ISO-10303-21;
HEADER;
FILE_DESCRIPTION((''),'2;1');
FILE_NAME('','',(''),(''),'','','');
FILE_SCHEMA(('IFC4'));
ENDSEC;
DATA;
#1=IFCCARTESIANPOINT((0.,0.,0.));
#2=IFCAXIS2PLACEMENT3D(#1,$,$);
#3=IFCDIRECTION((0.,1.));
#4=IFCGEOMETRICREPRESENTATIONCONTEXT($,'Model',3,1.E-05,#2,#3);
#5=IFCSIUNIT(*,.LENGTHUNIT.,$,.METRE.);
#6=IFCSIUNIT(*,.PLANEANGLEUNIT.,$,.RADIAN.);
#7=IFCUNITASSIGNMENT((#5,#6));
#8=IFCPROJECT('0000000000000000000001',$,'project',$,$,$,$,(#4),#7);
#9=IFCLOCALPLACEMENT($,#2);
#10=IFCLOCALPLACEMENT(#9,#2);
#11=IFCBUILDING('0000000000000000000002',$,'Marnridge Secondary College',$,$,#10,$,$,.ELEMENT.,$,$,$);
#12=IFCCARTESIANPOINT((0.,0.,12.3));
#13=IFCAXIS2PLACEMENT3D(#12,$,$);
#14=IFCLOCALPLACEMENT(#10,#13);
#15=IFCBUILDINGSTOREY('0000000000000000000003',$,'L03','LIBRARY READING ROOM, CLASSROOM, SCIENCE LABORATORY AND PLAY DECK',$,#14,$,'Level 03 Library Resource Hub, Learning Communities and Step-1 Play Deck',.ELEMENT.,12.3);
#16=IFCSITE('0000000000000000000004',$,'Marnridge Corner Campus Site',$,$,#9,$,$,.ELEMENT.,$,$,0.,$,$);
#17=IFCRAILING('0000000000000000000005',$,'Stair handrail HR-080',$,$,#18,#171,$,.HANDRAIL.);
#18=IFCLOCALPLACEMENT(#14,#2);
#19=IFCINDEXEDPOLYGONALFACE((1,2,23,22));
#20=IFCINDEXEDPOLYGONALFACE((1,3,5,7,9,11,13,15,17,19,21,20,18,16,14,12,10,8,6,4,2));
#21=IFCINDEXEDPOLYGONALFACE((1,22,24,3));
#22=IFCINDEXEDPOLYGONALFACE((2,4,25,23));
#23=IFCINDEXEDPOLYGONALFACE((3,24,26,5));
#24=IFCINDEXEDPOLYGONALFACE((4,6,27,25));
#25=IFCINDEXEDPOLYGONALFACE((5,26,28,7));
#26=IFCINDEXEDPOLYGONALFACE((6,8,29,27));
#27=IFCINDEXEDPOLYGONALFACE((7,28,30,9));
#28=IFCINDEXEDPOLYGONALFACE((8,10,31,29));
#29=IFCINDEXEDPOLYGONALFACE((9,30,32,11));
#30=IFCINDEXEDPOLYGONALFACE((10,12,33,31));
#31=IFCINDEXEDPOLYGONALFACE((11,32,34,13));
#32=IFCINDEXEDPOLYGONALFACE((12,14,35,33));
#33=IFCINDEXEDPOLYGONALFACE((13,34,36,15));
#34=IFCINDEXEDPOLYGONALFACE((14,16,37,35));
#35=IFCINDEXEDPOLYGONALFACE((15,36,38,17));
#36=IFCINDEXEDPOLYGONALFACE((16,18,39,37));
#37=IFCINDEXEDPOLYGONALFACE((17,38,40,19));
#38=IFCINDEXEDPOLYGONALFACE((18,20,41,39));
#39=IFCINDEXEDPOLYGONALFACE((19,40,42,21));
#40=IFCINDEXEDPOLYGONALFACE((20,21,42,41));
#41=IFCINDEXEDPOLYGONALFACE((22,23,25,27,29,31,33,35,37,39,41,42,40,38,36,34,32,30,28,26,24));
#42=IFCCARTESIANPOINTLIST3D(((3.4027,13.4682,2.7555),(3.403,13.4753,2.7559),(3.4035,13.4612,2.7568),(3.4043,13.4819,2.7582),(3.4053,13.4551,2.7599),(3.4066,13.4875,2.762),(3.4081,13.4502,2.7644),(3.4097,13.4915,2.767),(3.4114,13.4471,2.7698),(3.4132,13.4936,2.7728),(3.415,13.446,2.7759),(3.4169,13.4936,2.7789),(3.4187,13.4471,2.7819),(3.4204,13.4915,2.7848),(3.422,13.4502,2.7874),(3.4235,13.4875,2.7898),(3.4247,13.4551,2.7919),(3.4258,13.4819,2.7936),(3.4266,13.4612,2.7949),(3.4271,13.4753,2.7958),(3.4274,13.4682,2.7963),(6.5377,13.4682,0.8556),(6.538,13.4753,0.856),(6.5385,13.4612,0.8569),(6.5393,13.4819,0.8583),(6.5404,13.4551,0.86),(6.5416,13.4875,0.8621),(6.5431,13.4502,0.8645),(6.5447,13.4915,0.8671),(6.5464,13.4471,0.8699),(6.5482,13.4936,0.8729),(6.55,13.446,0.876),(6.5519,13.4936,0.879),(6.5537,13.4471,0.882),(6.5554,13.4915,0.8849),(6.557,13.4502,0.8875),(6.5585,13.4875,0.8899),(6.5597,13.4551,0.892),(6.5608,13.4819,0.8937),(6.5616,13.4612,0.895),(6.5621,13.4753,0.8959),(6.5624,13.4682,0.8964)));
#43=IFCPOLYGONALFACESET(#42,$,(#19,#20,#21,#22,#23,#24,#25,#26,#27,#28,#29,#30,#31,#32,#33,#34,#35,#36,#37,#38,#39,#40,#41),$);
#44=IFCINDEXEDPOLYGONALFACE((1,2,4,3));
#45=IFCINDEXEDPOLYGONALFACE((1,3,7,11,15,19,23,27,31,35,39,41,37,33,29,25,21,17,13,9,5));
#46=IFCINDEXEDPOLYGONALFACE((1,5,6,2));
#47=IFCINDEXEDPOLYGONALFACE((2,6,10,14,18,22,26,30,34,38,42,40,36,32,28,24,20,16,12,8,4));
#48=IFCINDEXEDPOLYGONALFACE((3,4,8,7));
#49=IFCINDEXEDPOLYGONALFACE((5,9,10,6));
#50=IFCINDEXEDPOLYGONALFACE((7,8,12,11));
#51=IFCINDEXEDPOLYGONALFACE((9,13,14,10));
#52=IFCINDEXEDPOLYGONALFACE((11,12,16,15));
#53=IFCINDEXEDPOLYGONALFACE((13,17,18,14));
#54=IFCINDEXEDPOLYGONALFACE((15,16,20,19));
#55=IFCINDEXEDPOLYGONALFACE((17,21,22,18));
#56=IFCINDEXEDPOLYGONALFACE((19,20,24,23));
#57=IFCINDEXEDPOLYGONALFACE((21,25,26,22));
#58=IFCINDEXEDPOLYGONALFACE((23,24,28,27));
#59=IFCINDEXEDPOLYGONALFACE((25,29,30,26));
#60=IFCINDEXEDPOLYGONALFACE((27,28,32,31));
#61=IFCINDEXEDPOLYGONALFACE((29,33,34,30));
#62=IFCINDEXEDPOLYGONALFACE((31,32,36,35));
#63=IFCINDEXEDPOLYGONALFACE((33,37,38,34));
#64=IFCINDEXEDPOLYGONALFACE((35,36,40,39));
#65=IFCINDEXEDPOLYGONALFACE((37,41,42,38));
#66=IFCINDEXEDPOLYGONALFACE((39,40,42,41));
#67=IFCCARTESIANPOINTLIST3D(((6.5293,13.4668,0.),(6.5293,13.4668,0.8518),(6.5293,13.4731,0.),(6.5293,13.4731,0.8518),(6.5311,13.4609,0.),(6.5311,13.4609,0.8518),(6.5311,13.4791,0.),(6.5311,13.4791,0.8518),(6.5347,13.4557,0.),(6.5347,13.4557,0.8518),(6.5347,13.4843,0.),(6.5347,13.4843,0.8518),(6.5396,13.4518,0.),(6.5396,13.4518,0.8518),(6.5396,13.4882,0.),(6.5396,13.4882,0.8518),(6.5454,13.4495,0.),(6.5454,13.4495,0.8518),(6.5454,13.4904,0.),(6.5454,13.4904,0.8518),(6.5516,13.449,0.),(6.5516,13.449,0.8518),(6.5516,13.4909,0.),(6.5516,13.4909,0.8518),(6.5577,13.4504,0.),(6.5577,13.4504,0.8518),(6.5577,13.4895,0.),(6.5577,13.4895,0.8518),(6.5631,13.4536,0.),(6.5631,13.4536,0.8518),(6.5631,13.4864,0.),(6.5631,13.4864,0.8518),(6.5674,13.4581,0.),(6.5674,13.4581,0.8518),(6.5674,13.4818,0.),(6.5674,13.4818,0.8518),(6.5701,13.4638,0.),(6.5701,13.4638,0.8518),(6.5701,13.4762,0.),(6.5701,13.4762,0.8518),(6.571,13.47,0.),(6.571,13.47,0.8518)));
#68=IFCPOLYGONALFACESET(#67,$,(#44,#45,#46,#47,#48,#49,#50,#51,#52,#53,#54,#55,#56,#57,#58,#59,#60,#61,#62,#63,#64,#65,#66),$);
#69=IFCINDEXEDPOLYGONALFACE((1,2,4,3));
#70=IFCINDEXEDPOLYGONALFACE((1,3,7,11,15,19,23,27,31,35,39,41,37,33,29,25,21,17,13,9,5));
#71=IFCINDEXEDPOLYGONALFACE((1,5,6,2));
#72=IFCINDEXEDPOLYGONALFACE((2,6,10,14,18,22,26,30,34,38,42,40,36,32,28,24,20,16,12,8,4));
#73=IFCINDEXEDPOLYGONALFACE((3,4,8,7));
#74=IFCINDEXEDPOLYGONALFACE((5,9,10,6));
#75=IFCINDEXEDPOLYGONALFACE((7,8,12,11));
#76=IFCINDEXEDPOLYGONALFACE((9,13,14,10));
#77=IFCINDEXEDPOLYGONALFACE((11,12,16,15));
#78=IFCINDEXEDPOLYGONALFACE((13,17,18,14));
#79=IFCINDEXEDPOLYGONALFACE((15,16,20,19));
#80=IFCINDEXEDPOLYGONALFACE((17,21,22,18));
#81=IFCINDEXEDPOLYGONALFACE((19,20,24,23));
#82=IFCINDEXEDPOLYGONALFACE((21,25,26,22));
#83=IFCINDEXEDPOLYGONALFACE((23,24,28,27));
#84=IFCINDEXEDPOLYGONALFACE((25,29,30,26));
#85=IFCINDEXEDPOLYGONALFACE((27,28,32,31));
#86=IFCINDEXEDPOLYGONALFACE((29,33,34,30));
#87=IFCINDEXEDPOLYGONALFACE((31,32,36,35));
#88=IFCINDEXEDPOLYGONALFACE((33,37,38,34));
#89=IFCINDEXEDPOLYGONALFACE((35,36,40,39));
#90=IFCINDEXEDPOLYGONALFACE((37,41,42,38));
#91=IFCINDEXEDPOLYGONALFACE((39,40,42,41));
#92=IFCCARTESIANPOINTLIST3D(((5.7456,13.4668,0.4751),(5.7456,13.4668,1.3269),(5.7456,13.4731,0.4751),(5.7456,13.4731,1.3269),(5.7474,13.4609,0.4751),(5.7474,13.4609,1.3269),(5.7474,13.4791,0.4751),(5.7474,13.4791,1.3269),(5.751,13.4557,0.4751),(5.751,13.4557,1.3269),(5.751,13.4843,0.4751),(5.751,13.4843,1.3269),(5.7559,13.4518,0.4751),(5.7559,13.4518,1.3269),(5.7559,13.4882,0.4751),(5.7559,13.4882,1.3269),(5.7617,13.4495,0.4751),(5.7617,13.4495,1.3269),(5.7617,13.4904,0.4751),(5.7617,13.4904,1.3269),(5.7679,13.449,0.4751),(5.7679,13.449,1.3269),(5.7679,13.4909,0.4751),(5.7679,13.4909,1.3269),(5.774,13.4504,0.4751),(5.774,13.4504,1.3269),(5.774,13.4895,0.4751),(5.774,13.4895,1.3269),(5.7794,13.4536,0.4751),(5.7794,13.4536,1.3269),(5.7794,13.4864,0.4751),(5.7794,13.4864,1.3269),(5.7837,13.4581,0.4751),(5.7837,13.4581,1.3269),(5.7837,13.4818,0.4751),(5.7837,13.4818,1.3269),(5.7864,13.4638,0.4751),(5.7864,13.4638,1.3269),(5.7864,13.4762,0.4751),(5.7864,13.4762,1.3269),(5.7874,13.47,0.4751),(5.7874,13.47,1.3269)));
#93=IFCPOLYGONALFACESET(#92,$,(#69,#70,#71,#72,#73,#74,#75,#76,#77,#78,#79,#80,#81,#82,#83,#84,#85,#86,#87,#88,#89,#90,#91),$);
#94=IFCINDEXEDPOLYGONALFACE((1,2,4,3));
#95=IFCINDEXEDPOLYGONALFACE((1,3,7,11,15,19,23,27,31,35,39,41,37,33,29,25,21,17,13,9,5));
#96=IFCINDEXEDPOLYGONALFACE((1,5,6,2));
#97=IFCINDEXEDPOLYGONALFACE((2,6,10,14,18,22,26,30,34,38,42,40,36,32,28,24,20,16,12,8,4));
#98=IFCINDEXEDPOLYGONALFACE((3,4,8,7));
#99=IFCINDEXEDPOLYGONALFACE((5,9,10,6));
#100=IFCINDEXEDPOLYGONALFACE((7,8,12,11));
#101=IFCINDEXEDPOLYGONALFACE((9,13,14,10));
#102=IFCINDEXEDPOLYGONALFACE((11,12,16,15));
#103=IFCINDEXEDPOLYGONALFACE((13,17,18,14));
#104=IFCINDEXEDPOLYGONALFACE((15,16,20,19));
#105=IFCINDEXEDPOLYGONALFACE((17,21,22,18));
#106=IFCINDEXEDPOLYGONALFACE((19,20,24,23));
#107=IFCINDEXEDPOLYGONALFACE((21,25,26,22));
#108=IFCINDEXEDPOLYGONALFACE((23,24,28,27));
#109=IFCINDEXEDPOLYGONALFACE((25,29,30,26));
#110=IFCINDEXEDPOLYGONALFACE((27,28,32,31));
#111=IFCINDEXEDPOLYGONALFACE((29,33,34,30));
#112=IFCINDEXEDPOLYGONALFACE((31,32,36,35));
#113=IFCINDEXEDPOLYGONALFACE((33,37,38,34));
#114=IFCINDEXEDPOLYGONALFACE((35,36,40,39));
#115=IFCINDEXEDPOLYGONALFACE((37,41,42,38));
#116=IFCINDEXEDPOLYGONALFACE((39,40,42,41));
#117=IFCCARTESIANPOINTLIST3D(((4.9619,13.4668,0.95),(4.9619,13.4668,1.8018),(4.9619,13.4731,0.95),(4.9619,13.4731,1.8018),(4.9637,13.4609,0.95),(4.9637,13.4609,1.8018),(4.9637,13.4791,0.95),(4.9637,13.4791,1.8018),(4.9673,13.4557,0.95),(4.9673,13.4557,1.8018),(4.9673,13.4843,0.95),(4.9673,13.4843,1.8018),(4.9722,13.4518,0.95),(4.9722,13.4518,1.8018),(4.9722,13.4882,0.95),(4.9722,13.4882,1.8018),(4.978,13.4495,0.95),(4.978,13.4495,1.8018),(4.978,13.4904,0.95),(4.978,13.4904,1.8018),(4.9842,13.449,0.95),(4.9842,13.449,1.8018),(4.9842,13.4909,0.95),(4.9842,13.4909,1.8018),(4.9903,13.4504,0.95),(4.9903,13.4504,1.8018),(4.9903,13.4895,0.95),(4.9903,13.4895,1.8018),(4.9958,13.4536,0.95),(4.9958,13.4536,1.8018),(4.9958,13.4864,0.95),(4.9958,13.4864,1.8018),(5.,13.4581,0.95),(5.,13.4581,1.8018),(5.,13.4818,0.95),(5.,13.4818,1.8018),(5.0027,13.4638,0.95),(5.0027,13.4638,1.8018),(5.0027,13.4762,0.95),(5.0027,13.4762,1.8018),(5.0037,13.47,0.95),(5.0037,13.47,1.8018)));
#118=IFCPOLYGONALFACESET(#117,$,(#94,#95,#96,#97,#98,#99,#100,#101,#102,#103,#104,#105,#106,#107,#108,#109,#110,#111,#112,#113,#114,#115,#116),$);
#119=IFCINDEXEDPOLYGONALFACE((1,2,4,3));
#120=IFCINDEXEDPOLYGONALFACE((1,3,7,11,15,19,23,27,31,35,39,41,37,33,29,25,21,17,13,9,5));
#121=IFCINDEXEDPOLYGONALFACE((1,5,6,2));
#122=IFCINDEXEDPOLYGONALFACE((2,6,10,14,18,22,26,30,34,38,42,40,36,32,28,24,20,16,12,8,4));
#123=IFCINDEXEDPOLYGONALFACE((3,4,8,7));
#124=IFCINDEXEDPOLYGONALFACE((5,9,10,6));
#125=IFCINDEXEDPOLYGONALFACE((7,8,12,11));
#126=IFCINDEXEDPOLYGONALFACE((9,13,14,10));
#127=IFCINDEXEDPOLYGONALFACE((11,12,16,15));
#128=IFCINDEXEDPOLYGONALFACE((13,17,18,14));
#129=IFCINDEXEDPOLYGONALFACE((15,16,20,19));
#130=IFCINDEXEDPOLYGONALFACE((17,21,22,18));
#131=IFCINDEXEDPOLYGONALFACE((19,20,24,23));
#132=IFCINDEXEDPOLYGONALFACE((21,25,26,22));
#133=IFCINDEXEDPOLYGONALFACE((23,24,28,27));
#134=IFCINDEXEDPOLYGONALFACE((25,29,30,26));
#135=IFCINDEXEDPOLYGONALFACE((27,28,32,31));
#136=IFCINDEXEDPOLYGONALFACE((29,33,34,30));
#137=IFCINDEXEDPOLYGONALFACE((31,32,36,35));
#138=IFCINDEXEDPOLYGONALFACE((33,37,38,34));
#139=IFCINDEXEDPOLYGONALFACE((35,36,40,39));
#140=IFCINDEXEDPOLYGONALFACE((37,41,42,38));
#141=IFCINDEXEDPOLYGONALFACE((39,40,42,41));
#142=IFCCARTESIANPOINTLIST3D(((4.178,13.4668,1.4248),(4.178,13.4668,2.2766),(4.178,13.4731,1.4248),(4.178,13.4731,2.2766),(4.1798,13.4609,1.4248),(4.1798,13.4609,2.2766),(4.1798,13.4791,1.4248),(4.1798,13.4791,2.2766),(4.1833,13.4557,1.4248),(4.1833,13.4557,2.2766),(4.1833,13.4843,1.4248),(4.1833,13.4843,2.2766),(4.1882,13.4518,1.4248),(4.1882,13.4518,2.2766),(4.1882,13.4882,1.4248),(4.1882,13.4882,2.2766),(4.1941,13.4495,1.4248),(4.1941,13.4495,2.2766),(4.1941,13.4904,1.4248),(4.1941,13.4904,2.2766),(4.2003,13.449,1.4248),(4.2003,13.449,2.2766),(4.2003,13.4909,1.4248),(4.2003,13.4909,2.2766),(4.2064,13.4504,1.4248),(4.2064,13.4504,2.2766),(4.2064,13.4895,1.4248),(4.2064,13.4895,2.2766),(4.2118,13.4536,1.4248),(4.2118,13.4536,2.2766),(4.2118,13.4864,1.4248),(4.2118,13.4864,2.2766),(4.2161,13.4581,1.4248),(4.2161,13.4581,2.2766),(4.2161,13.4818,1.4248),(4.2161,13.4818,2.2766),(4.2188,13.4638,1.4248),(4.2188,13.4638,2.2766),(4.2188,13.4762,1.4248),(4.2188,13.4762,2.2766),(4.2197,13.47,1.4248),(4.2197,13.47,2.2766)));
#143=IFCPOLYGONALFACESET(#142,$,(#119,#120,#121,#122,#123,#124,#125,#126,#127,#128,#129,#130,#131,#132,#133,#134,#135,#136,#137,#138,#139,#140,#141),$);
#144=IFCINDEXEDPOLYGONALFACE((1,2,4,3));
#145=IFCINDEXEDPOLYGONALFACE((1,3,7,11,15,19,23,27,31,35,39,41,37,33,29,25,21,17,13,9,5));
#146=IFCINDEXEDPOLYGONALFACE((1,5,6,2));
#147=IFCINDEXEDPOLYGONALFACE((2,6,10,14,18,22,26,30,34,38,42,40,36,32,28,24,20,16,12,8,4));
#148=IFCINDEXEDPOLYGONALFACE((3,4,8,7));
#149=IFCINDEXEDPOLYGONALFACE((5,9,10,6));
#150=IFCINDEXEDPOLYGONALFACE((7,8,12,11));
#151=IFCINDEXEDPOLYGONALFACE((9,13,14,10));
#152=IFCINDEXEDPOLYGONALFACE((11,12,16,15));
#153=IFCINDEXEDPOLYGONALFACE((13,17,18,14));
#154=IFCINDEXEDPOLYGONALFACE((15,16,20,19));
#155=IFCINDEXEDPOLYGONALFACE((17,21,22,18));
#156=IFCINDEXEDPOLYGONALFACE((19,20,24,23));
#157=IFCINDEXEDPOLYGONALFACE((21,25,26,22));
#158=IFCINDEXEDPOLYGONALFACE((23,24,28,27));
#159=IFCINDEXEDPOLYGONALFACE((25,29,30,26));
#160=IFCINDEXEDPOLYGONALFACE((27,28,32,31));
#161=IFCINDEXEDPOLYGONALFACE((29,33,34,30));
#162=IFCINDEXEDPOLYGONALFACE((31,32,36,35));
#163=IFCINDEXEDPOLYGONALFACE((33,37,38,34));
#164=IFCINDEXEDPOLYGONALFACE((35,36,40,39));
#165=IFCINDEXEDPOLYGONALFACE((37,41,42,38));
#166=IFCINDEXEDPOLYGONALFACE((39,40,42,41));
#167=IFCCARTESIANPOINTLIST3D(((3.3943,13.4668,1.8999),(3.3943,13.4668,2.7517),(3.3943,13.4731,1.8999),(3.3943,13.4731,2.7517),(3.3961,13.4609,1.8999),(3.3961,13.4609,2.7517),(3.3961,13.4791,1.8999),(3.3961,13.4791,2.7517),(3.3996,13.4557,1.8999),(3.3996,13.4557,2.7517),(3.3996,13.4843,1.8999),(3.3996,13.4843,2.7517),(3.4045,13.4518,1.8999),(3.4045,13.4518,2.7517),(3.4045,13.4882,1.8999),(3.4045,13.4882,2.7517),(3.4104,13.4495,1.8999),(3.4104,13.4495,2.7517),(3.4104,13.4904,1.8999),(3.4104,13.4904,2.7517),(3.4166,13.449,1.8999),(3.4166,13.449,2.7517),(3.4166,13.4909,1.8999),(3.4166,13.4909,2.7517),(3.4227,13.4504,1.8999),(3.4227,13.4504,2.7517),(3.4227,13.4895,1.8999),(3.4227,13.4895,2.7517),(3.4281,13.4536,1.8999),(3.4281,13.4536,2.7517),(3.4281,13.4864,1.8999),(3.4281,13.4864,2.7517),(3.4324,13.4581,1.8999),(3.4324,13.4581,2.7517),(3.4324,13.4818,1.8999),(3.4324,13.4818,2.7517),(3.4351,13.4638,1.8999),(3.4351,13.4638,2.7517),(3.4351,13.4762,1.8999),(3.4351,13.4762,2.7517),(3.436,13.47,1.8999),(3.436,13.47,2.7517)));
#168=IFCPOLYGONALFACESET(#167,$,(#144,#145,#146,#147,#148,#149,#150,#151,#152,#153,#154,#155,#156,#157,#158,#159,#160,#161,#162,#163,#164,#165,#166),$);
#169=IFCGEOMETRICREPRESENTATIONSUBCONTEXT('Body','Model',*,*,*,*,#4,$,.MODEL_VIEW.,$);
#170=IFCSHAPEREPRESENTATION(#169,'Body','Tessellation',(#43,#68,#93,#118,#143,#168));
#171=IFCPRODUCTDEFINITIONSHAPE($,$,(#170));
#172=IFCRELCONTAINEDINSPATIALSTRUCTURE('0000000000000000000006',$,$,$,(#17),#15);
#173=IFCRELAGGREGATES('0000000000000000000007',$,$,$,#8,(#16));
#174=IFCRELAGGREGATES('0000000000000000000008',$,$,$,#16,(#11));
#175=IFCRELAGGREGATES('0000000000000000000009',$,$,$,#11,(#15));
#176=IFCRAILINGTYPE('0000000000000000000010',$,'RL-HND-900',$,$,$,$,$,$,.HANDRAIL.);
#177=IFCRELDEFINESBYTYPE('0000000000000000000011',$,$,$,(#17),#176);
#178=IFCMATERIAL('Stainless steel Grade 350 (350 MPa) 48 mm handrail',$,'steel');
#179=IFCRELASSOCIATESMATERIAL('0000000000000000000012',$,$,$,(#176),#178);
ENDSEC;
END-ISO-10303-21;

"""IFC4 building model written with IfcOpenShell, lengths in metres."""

from ifc_helpers import new_model, si_unit, direction, frame, origin, origin_2d, place, context, subcontext, project, spatial, circle, extrude, material, type_object, element, save


model = new_model("IFC4")

# Units and contexts
model_context = context("Model", 3, precision=1e-05, world=origin(), true_north=direction((0.0, 1.0)))
body_context = subcontext(model_context, "Body", "Model", "MODEL_VIEW")
ifc_project = project(units=[si_unit("LENGTHUNIT", "METRE"), si_unit("PLANEANGLEUNIT", "RADIAN")], contexts=[model_context])

# Site, building, storey
site_placement = place(None, origin())
site = spatial("IfcSite", under=ifc_project, at=site_placement, Name="Marnridge Corner Campus Site", CompositionType="ELEMENT", RefElevation=0.0)
building_placement = place(site_placement, origin())
building = spatial("IfcBuilding", under=site, at=building_placement, Name="Marnridge Secondary College", CompositionType="ELEMENT")
storey_placement = place(building_placement, frame((0.0, 0.0, 12.3)))
storey = spatial("IfcBuildingStorey", under=building, at=storey_placement, Name="L03", Description="LIBRARY READING ROOM, CLASSROOM, SCIENCE LABORATORY AND PLAY DECK", LongName="Level 03 Library Resource Hub, Learning Communities and Step-1 Play Deck", CompositionType="ELEMENT", Elevation=12.3)

# Railing
ifc_material_1 = material(Name="Stainless steel Grade 350 (350 MPa) 48 mm handrail", Category="steel")
railing_type_1 = type_object("IfcRailingType", Name="RL-HND-900", PredefinedType="HANDRAIL", material=ifc_material_1)
for number, where, name in (
    (1, (6.55, 13.47, 0.0), "Stair handrail HR-080"),
):
    element("IfcRailing", number, at=place(storey_placement, frame(where)), inside=storey, type_object=railing_type_1, Name=name, PredefinedType="HANDRAIL", context=body_context, shape_type="SweptSolid", body=[
        extrude(circle(Radius=0.0239, at=origin_2d()), frame((0.0, 0.0, 0.876), z_axis=(-0.85521, 0.0, 0.518281), x_axis=(0.0, -1.0, 0.0)), (0.0, 0.0, 1.0), 3.6658),
        extrude(circle(Radius=0.021, at=origin_2d()), origin(), (0.0, 0.0, 1.0), 0.8518),
        extrude(circle(Radius=0.021, at=origin_2d()), frame((-0.7837, 0.0, 0.4751)), (0.0, 0.0, 1.0), 0.8518),
        extrude(circle(Radius=0.021, at=origin_2d()), frame((-1.5674, 0.0, 0.95)), (0.0, 0.0, 1.0), 0.8518),
        extrude(circle(Radius=0.021, at=origin_2d()), frame((-2.3513, 0.0, 1.4248)), (0.0, 0.0, 1.0), 0.8518),
        extrude(circle(Radius=0.021, at=origin_2d()), frame((-3.135, 0.0, 1.8999)), (0.0, 0.0, 1.0), 0.8518),
    ])

save(model, "model.ifc")
